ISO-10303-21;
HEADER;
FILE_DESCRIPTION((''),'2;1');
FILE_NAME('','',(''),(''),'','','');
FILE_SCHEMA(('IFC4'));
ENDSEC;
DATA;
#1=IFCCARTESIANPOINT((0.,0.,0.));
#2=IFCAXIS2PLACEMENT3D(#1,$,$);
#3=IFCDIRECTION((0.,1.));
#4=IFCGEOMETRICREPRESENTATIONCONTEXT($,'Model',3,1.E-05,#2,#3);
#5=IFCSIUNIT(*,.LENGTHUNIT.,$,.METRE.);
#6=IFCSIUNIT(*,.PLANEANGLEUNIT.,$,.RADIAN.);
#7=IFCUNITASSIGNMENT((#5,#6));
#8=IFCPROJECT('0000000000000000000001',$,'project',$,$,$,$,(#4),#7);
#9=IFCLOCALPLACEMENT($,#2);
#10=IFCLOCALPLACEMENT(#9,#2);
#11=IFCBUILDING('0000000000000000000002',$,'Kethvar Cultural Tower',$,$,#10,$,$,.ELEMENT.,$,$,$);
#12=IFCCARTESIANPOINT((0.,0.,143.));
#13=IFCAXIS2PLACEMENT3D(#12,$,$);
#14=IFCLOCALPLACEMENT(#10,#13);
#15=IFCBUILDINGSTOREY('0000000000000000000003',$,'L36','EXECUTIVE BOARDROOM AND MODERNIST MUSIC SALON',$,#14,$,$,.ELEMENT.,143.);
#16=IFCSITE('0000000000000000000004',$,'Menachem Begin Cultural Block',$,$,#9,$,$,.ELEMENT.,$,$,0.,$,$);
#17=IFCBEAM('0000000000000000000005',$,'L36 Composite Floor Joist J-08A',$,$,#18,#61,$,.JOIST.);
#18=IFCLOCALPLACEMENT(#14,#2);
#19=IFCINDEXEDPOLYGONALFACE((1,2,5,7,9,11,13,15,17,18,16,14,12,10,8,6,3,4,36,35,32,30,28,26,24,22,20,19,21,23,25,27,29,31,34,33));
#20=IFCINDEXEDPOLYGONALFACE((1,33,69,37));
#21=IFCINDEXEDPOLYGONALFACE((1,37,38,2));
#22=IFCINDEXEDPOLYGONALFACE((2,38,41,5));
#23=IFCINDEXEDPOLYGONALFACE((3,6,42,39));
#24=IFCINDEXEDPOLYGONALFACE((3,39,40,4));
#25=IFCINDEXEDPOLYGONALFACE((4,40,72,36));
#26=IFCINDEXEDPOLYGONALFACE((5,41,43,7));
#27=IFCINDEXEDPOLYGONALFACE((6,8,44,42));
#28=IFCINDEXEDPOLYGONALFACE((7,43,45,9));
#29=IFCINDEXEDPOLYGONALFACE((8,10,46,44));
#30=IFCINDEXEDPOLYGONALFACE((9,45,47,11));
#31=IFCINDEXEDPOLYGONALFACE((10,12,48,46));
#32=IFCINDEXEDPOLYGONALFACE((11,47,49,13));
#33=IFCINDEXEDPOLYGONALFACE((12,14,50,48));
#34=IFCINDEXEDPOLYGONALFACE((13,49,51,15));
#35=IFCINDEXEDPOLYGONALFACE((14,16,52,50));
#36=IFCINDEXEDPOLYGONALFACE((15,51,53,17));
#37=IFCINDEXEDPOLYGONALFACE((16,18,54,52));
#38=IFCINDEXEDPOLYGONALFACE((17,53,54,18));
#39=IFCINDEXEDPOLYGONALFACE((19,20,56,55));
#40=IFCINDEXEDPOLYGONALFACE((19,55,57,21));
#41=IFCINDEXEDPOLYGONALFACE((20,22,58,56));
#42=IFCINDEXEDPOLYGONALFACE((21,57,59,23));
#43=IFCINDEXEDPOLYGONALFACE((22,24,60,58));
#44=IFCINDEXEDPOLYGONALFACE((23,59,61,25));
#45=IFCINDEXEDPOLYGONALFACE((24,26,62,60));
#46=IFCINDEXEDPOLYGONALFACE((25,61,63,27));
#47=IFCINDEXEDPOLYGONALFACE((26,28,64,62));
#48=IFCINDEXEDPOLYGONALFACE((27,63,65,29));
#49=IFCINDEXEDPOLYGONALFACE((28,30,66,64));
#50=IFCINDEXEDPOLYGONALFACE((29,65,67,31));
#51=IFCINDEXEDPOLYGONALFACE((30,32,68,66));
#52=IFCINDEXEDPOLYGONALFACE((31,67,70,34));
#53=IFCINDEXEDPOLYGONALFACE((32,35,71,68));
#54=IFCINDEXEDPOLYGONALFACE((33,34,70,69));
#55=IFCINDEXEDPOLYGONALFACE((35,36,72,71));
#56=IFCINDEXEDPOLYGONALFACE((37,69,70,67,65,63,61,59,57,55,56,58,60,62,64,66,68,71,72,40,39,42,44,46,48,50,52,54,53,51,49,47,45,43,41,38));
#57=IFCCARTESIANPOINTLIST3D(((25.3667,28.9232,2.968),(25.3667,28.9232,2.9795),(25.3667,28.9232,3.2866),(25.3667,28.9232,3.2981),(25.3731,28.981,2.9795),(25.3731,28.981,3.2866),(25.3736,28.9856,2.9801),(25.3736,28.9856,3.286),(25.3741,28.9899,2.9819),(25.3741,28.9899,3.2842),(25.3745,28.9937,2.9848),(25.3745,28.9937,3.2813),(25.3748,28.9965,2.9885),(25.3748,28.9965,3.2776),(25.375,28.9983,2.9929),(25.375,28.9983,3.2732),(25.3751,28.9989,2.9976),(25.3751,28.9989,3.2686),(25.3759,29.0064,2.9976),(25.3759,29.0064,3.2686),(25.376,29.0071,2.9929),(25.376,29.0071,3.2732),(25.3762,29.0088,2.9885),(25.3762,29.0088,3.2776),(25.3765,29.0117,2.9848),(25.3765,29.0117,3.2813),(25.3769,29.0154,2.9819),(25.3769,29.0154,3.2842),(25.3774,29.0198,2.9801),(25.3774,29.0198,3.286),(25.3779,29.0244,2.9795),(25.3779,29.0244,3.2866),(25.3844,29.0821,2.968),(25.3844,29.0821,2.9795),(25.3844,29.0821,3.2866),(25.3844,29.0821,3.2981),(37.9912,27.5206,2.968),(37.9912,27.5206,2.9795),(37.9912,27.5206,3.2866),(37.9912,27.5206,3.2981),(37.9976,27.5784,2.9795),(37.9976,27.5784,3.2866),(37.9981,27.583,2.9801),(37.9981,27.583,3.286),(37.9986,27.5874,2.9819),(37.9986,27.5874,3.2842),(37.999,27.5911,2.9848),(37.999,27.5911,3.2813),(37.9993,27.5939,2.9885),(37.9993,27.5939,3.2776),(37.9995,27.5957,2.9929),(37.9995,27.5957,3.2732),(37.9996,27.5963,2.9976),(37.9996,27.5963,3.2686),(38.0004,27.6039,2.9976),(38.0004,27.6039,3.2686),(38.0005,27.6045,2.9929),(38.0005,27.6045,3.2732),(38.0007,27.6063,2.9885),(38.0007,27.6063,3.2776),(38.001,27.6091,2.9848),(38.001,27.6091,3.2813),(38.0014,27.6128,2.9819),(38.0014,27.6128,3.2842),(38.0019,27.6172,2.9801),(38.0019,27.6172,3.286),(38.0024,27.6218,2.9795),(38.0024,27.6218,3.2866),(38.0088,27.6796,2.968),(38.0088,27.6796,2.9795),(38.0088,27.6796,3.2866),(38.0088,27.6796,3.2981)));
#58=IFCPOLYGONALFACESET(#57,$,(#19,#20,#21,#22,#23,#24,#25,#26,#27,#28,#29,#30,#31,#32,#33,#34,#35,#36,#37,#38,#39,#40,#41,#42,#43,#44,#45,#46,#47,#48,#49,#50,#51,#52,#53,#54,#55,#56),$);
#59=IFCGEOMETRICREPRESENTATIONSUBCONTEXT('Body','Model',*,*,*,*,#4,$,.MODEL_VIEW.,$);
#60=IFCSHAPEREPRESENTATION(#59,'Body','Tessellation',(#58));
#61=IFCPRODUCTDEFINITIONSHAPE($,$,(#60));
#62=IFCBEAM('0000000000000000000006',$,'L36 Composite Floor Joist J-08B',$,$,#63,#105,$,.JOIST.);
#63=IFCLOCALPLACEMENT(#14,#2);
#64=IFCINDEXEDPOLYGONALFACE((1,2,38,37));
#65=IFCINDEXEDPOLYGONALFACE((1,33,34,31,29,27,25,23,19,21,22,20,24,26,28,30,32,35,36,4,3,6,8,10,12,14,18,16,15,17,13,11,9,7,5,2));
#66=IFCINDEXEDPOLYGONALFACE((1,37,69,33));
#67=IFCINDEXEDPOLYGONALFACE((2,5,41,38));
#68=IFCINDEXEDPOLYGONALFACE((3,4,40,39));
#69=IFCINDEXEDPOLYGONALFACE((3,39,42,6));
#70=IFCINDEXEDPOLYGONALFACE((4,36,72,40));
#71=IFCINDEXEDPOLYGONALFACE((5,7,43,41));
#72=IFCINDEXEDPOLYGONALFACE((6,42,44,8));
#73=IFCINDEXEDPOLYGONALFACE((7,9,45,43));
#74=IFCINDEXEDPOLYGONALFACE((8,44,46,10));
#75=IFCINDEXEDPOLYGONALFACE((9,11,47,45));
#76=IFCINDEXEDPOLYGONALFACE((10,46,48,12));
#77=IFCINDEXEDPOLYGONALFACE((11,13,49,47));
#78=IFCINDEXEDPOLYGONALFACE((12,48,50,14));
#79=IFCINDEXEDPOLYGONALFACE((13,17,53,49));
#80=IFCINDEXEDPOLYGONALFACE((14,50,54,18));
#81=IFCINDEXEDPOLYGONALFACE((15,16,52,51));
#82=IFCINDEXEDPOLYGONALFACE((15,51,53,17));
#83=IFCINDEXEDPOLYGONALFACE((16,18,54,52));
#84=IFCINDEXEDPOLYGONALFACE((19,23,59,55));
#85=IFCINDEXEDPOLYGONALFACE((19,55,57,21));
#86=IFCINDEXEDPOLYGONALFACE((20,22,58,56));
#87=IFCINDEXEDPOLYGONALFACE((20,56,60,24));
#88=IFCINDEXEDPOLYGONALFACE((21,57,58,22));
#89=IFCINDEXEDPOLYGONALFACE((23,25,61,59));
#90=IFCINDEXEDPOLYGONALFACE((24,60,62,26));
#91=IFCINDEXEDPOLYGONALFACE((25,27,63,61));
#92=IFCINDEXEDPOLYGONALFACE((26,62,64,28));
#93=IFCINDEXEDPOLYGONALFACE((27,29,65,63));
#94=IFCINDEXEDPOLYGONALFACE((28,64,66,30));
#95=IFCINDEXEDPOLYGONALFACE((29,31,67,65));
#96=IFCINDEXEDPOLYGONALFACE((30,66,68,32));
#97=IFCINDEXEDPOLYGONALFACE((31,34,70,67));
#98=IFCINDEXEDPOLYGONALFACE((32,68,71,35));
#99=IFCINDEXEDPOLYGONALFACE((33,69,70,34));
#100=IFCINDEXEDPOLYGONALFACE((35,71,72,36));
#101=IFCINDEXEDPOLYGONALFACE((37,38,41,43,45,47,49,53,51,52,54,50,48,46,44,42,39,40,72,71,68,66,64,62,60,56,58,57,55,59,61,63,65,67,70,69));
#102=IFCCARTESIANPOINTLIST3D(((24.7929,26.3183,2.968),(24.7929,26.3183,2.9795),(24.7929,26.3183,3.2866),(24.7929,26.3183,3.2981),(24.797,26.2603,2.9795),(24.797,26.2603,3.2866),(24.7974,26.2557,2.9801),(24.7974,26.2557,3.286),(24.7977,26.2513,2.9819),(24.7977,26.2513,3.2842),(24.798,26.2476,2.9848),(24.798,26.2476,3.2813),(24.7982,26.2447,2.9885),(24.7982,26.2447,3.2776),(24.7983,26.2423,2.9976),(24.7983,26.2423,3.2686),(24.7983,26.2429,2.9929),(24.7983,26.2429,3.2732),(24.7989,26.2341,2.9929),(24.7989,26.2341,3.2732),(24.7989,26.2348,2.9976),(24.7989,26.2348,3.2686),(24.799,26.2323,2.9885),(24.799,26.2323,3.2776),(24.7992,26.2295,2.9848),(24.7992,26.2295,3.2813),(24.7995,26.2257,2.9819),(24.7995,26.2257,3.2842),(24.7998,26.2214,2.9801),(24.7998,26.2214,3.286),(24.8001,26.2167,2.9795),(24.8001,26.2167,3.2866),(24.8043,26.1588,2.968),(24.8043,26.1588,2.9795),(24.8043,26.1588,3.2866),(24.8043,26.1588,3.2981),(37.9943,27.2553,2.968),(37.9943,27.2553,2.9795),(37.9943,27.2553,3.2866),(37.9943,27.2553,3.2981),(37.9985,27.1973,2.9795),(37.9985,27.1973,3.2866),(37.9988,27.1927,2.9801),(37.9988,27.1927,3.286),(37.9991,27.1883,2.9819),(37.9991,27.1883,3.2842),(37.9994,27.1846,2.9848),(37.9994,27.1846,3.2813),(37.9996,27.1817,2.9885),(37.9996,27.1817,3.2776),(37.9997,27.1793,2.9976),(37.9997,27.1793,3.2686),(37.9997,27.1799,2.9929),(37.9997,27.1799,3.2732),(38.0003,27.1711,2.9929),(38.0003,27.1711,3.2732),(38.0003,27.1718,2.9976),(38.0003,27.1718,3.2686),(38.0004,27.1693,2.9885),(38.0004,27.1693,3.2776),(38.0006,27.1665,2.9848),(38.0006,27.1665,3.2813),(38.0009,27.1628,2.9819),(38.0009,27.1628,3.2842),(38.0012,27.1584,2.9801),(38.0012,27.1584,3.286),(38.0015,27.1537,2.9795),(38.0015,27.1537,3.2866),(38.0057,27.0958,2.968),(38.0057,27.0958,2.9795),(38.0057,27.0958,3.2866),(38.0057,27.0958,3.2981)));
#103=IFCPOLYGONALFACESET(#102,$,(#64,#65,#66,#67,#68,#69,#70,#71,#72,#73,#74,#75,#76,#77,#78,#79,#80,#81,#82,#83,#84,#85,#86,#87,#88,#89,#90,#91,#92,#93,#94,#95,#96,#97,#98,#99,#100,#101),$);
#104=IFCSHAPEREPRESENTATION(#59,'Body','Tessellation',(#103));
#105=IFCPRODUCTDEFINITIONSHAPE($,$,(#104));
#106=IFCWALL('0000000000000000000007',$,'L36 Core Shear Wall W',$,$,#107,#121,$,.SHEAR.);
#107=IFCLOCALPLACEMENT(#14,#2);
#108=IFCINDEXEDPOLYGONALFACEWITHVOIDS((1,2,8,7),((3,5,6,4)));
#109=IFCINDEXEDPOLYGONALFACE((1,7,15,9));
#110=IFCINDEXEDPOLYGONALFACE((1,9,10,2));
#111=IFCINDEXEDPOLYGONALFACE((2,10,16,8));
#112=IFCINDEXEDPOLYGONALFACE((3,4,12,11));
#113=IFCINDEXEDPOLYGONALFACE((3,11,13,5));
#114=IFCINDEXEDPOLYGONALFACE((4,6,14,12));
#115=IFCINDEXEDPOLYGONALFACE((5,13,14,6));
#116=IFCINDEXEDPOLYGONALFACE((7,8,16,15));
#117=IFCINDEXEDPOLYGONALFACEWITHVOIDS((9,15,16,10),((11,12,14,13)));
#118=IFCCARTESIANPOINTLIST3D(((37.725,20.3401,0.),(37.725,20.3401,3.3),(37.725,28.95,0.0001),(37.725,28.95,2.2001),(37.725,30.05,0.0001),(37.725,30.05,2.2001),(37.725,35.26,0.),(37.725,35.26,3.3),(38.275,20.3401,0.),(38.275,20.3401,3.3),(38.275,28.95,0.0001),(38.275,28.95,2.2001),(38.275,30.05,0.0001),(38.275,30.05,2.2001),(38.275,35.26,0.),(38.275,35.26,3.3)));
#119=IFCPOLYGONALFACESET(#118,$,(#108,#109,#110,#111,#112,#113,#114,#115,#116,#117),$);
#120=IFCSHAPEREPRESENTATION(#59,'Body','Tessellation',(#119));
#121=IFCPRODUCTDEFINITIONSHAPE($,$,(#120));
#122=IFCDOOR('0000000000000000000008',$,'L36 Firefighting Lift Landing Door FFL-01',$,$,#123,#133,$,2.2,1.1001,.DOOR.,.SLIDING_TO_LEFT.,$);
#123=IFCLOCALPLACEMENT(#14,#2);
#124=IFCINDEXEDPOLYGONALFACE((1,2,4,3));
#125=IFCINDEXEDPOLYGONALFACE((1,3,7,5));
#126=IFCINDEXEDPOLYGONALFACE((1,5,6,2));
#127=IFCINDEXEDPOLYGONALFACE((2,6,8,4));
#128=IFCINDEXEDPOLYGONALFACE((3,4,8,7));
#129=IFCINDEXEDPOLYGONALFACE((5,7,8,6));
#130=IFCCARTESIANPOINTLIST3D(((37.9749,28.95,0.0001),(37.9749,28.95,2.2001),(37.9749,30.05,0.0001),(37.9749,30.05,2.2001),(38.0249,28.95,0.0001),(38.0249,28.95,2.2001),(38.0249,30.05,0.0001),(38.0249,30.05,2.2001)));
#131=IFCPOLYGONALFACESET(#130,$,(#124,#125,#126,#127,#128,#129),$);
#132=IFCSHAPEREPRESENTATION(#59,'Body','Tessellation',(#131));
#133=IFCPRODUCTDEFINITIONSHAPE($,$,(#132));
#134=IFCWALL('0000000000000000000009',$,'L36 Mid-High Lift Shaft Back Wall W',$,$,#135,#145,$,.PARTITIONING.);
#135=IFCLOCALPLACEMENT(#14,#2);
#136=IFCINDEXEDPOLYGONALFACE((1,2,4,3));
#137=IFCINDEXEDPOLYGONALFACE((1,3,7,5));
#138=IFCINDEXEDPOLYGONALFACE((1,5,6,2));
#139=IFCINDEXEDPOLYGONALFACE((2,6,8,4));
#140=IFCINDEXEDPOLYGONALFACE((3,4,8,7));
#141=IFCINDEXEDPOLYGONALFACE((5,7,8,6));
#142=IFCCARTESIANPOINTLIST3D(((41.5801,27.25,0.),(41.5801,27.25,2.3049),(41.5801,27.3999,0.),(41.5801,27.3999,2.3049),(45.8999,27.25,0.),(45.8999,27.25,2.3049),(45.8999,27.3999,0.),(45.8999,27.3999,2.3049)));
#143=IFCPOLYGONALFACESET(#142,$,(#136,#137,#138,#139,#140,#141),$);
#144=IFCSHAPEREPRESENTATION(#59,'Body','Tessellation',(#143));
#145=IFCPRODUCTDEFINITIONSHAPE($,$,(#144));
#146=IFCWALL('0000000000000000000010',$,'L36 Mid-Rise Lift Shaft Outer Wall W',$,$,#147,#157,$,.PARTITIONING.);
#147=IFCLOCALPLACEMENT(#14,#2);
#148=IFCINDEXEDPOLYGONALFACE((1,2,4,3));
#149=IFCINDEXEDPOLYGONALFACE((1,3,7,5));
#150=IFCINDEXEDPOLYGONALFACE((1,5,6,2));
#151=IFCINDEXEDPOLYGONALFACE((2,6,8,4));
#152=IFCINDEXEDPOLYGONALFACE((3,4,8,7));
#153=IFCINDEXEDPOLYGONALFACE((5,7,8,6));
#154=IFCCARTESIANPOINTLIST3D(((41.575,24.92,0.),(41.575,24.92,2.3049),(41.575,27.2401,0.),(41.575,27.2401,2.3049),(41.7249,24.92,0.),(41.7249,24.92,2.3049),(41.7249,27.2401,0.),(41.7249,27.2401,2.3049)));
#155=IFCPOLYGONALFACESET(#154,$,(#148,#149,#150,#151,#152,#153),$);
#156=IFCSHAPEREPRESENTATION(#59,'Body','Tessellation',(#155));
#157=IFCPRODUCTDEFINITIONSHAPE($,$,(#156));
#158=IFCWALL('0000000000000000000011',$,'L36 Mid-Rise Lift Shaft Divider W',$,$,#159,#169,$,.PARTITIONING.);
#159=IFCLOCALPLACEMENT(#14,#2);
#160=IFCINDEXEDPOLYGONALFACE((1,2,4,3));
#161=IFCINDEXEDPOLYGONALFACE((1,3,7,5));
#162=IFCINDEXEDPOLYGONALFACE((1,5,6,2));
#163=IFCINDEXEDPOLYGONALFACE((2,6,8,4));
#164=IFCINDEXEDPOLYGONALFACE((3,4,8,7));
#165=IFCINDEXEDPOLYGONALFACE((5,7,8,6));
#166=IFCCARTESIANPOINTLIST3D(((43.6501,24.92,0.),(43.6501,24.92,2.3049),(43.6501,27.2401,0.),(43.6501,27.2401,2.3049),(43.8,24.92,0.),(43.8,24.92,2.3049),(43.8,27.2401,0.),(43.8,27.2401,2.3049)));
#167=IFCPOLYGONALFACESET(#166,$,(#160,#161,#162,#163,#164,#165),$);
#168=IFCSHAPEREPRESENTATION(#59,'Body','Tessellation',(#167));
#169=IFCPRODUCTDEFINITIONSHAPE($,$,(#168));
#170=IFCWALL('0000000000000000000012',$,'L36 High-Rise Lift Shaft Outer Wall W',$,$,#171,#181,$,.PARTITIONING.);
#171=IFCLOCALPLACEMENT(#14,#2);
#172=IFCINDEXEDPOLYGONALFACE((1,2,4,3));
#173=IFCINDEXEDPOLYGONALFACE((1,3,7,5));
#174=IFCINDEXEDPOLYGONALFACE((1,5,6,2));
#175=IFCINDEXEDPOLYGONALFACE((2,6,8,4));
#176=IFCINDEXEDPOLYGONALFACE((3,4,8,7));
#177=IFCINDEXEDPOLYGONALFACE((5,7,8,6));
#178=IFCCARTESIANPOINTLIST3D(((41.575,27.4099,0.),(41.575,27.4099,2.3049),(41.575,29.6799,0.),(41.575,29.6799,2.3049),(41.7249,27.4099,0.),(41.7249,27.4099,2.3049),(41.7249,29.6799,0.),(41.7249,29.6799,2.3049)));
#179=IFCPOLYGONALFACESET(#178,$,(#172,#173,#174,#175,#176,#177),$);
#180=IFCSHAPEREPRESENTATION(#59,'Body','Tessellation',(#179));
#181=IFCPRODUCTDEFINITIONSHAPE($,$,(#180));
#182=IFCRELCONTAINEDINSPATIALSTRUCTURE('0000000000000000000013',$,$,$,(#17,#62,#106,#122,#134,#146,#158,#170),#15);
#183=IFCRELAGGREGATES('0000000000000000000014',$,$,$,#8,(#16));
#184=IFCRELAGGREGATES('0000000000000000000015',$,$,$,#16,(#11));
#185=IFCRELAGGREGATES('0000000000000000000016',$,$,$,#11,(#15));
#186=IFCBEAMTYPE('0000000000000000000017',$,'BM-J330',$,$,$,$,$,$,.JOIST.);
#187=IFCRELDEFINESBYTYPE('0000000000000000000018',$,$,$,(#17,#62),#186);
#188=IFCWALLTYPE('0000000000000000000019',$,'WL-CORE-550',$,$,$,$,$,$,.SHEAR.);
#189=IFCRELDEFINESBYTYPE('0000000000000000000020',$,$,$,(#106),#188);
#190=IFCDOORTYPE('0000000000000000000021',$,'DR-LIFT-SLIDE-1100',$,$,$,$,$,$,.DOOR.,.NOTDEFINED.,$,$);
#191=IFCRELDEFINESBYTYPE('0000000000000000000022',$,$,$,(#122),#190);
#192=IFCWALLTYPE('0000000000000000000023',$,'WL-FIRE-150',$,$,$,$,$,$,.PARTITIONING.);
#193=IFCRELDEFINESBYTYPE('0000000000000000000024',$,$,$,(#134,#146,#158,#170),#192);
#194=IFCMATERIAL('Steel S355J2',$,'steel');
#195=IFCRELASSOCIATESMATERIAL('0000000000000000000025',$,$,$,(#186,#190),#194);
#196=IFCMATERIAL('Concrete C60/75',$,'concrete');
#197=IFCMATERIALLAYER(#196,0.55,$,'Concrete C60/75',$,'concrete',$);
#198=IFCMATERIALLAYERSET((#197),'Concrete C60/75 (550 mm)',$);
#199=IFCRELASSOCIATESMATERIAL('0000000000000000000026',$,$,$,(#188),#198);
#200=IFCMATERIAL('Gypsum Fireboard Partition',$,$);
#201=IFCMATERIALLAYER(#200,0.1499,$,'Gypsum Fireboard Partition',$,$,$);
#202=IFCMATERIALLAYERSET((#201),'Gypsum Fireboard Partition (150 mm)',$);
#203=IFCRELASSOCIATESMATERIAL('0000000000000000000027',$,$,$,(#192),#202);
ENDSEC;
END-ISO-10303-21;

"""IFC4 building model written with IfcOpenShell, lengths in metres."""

from ifc_helpers import new_model, si_unit, direction, frame, frame_2d, origin, origin_2d, place, context, subcontext, project, spatial, rectangle, i_section, extrude, source, transform, mapped, material, layer, layer_set, material_profile, profile_set, type_object, element, fill, save


model = new_model("IFC4")

# Units and contexts
model_context = context("Model", 3, precision=1e-05, world=origin(), true_north=direction((0.0, 1.0)))
body_context = subcontext(model_context, "Body", "Model", "MODEL_VIEW")
ifc_project = project(units=[si_unit("LENGTHUNIT", "METRE"), si_unit("PLANEANGLEUNIT", "RADIAN")], contexts=[model_context])

# Site, building, storey
site_placement = place(None, origin())
site = spatial("IfcSite", under=ifc_project, at=site_placement, Name="Menachem Begin Cultural Block", CompositionType="ELEMENT", RefElevation=0.0)
building_placement = place(site_placement, origin())
building = spatial("IfcBuilding", under=site, at=building_placement, Name="Kethvar Cultural Tower", CompositionType="ELEMENT")
storey_placement = place(building_placement, frame((0.0, 0.0, 143.0)))
storey = spatial("IfcBuildingStorey", under=building, at=storey_placement, Name="L36", Description="EXECUTIVE BOARDROOM AND MODERNIST MUSIC SALON", CompositionType="ELEMENT", Elevation=143.0)

# Beams
ifc_material_1 = material(Name="Steel S355J2", Category="steel")
ifc_material_profile_1 = material_profile(ifc_material_1, i_section(OverallWidth=0.1599, OverallDepth=0.3301, WebThickness=0.0076, FlangeThickness=0.0115, FilletRadius=0.0181, at=origin_2d()), Name="Steel S355J2 — IPE330")
ifc_profile_set_1 = profile_set([ifc_material_profile_1], Name="Steel S355J2 — IPE330")
beam_type_1 = type_object("IfcBeamType", Name="BM-J330", PredefinedType="JOIST", material=ifc_profile_set_1)
shared_shape_1 = source(origin(), body_context, "Body", "SweptSolid", [
    extrude(i_section(OverallWidth=0.1599, OverallDepth=0.3301, WebThickness=0.0076, FlangeThickness=0.0115, FilletRadius=0.0181, at=origin_2d()), origin(), (0.0, 0.0, 1.0), 12.7021),
])
beam_1_placement = place(storey_placement, frame((38.0, 27.6001, 3.1331), z_axis=(-0.993885, 0.110421, 0.0), x_axis=(-0.110421, -0.993885, 0.0)))
element("IfcBeam", 1, at=beam_1_placement, inside=storey, type_object=beam_type_1, Name="L36 Composite Floor Joist J-08A", PredefinedType="JOIST", context=body_context, shape_type="MappedRepresentation", body=[
    mapped(shared_shape_1, transform((0.0, 0.0, 0.0), scale=1.0)),
])
shared_shape_2 = source(origin(), body_context, "Body", "SweptSolid", [
    extrude(i_section(OverallWidth=0.1599, OverallDepth=0.3301, WebThickness=0.0076, FlangeThickness=0.0115, FilletRadius=0.0181, at=origin_2d()), origin(), (0.0, 0.0, 1.0), 13.2346),
])
beam_2_placement = place(storey_placement, frame((38.0, 27.1755, 3.1331), z_axis=(-0.997491, -0.0708, 0.0), x_axis=(0.0708, -0.997491, 0.0)))
element("IfcBeam", 2, at=beam_2_placement, inside=storey, type_object=beam_type_1, Name="L36 Composite Floor Joist J-08B", PredefinedType="JOIST", context=body_context, shape_type="MappedRepresentation", body=[
    mapped(shared_shape_2, transform((0.0, 0.0, 0.0), scale=1.0)),
])

# Wall, opening, door
ifc_material_2 = material(Name="Concrete C60/75", Category="concrete")
ifc_layer_1 = layer(ifc_material_2, 0.55, Name="Concrete C60/75", Category="concrete")
ifc_layer_set_1 = layer_set([ifc_layer_1], Name="Concrete C60/75 (550 mm)")
wall_type_1 = type_object("IfcWallType", Name="WL-CORE-550", PredefinedType="SHEAR", material=ifc_layer_set_1)
wall_1_placement = place(storey_placement, frame((38.0, 35.26, 0.0), z_axis=(0.0, 0.0, 1.0), x_axis=(0.0, -1.0, 0.0)))
wall_1 = element("IfcWall", 3, at=wall_1_placement, inside=storey, type_object=wall_type_1, Name="L36 Core Shear Wall W", PredefinedType="SHEAR", context=body_context, shape_type="SweptSolid", body=[
    extrude(rectangle(XDim=14.9199, YDim=0.55, at=frame_2d((7.46, 0.0))), origin(), (0.0, 0.0, 1.0), 3.3),
])
opening_1_placement = place(wall_1_placement, frame((5.21, 0.0, 0.0)))
opening_1 = element("IfcOpeningElement", 4, at=opening_1_placement, cuts=wall_1, PredefinedType="OPENING", context=body_context, shape_type="SweptSolid", body=[
    extrude(rectangle(XDim=1.1001, YDim=2.2, at=frame_2d((0.55, 1.1001))), frame((0.0, 0.2849, 0.0), z_axis=(0.0, -1.0, 0.0), x_axis=(1.0, 0.0, 0.0)), (0.0, 0.0, 1.0), 0.5701),
])
door_type = type_object("IfcDoorType", Name="DR-LIFT-SLIDE-1100", OperationType="NOTDEFINED", PredefinedType="DOOR", material=ifc_material_1)
shared_shape_3 = source(origin(), body_context, "Body", "SweptSolid", [
    extrude(rectangle(XDim=1.1001, YDim=2.2, at=frame_2d((0.55, 1.1001))), frame((0.0, 0.0249, 0.0), z_axis=(0.0, -1.0, 0.0), x_axis=(1.0, 0.0, 0.0)), (0.0, 0.0, 1.0), 0.05),
])
door_1_placement = place(opening_1_placement, origin())
door_1 = element("IfcDoor", 5, at=door_1_placement, inside=storey, type_object=door_type, Name="L36 Firefighting Lift Landing Door FFL-01", OperationType="SLIDING_TO_LEFT", OverallHeight=2.2, OverallWidth=1.1001, PredefinedType="DOOR", context=body_context, shape_type="MappedRepresentation", body=[
    mapped(shared_shape_3, transform((0.0, 0.0, 0.0), scale=1.0)),
])
fill(opening_1, door_1)

# Walls
ifc_material_3 = material(Name="Gypsum Fireboard Partition")
ifc_layer_2 = layer(ifc_material_3, 0.1499, Name="Gypsum Fireboard Partition")
ifc_layer_set_2 = layer_set([ifc_layer_2], Name="Gypsum Fireboard Partition (150 mm)")
wall_type_2 = type_object("IfcWallType", Name="WL-FIRE-150", PredefinedType="PARTITIONING", material=ifc_layer_set_2)
wall_2_placement = place(storey_placement, frame((41.5801, 27.325, 0.0), z_axis=(0.0, 0.0, 1.0), x_axis=(1.0, 0.0, 0.0)))
element("IfcWall", 6, at=wall_2_placement, inside=storey, type_object=wall_type_2, Name="L36 Mid-High Lift Shaft Back Wall W", PredefinedType="PARTITIONING", context=body_context, shape_type="SweptSolid", body=[
    extrude(rectangle(XDim=4.3198, YDim=0.1499, at=frame_2d((2.1599, 0.0))), origin(), (0.0, 0.0, 1.0), 2.3049),
])
for number, where, z_axis, x_axis, name in (
    (7, (41.6499, 24.9199, 0.0), (0.0, 0.0, 1.0), (0.0, 1.0, 0.0), "L36 Mid-Rise Lift Shaft Outer Wall W"),
    (8, (43.7251, 24.9199, 0.0), (0.0, 0.0, 1.0), (0.0, 1.0, 0.0), "L36 Mid-Rise Lift Shaft Divider W"),
):
    element("IfcWall", number, at=place(storey_placement, frame(where, z_axis=z_axis, x_axis=x_axis)), inside=storey, type_object=wall_type_2, Name=name, PredefinedType="PARTITIONING", context=body_context, shape_type="SweptSolid", body=[
        extrude(rectangle(XDim=2.3201, YDim=0.1499, at=frame_2d((1.1602, 0.0))), origin(), (0.0, 0.0, 1.0), 2.3049),
    ])
for number, where, z_axis, x_axis, name in (
    (9, (41.6499, 27.4099, 0.0), (0.0, 0.0, 1.0), (0.0, 1.0, 0.0), "L36 High-Rise Lift Shaft Outer Wall W"),
):
    element("IfcWall", number, at=place(storey_placement, frame(where, z_axis=z_axis, x_axis=x_axis)), inside=storey, type_object=wall_type_2, Name=name, PredefinedType="PARTITIONING", context=body_context, shape_type="SweptSolid", body=[
        extrude(rectangle(XDim=2.27, YDim=0.1499, at=frame_2d((1.135, 0.0))), origin(), (0.0, 0.0, 1.0), 2.3049),
    ])

save(model, "model.ifc")
